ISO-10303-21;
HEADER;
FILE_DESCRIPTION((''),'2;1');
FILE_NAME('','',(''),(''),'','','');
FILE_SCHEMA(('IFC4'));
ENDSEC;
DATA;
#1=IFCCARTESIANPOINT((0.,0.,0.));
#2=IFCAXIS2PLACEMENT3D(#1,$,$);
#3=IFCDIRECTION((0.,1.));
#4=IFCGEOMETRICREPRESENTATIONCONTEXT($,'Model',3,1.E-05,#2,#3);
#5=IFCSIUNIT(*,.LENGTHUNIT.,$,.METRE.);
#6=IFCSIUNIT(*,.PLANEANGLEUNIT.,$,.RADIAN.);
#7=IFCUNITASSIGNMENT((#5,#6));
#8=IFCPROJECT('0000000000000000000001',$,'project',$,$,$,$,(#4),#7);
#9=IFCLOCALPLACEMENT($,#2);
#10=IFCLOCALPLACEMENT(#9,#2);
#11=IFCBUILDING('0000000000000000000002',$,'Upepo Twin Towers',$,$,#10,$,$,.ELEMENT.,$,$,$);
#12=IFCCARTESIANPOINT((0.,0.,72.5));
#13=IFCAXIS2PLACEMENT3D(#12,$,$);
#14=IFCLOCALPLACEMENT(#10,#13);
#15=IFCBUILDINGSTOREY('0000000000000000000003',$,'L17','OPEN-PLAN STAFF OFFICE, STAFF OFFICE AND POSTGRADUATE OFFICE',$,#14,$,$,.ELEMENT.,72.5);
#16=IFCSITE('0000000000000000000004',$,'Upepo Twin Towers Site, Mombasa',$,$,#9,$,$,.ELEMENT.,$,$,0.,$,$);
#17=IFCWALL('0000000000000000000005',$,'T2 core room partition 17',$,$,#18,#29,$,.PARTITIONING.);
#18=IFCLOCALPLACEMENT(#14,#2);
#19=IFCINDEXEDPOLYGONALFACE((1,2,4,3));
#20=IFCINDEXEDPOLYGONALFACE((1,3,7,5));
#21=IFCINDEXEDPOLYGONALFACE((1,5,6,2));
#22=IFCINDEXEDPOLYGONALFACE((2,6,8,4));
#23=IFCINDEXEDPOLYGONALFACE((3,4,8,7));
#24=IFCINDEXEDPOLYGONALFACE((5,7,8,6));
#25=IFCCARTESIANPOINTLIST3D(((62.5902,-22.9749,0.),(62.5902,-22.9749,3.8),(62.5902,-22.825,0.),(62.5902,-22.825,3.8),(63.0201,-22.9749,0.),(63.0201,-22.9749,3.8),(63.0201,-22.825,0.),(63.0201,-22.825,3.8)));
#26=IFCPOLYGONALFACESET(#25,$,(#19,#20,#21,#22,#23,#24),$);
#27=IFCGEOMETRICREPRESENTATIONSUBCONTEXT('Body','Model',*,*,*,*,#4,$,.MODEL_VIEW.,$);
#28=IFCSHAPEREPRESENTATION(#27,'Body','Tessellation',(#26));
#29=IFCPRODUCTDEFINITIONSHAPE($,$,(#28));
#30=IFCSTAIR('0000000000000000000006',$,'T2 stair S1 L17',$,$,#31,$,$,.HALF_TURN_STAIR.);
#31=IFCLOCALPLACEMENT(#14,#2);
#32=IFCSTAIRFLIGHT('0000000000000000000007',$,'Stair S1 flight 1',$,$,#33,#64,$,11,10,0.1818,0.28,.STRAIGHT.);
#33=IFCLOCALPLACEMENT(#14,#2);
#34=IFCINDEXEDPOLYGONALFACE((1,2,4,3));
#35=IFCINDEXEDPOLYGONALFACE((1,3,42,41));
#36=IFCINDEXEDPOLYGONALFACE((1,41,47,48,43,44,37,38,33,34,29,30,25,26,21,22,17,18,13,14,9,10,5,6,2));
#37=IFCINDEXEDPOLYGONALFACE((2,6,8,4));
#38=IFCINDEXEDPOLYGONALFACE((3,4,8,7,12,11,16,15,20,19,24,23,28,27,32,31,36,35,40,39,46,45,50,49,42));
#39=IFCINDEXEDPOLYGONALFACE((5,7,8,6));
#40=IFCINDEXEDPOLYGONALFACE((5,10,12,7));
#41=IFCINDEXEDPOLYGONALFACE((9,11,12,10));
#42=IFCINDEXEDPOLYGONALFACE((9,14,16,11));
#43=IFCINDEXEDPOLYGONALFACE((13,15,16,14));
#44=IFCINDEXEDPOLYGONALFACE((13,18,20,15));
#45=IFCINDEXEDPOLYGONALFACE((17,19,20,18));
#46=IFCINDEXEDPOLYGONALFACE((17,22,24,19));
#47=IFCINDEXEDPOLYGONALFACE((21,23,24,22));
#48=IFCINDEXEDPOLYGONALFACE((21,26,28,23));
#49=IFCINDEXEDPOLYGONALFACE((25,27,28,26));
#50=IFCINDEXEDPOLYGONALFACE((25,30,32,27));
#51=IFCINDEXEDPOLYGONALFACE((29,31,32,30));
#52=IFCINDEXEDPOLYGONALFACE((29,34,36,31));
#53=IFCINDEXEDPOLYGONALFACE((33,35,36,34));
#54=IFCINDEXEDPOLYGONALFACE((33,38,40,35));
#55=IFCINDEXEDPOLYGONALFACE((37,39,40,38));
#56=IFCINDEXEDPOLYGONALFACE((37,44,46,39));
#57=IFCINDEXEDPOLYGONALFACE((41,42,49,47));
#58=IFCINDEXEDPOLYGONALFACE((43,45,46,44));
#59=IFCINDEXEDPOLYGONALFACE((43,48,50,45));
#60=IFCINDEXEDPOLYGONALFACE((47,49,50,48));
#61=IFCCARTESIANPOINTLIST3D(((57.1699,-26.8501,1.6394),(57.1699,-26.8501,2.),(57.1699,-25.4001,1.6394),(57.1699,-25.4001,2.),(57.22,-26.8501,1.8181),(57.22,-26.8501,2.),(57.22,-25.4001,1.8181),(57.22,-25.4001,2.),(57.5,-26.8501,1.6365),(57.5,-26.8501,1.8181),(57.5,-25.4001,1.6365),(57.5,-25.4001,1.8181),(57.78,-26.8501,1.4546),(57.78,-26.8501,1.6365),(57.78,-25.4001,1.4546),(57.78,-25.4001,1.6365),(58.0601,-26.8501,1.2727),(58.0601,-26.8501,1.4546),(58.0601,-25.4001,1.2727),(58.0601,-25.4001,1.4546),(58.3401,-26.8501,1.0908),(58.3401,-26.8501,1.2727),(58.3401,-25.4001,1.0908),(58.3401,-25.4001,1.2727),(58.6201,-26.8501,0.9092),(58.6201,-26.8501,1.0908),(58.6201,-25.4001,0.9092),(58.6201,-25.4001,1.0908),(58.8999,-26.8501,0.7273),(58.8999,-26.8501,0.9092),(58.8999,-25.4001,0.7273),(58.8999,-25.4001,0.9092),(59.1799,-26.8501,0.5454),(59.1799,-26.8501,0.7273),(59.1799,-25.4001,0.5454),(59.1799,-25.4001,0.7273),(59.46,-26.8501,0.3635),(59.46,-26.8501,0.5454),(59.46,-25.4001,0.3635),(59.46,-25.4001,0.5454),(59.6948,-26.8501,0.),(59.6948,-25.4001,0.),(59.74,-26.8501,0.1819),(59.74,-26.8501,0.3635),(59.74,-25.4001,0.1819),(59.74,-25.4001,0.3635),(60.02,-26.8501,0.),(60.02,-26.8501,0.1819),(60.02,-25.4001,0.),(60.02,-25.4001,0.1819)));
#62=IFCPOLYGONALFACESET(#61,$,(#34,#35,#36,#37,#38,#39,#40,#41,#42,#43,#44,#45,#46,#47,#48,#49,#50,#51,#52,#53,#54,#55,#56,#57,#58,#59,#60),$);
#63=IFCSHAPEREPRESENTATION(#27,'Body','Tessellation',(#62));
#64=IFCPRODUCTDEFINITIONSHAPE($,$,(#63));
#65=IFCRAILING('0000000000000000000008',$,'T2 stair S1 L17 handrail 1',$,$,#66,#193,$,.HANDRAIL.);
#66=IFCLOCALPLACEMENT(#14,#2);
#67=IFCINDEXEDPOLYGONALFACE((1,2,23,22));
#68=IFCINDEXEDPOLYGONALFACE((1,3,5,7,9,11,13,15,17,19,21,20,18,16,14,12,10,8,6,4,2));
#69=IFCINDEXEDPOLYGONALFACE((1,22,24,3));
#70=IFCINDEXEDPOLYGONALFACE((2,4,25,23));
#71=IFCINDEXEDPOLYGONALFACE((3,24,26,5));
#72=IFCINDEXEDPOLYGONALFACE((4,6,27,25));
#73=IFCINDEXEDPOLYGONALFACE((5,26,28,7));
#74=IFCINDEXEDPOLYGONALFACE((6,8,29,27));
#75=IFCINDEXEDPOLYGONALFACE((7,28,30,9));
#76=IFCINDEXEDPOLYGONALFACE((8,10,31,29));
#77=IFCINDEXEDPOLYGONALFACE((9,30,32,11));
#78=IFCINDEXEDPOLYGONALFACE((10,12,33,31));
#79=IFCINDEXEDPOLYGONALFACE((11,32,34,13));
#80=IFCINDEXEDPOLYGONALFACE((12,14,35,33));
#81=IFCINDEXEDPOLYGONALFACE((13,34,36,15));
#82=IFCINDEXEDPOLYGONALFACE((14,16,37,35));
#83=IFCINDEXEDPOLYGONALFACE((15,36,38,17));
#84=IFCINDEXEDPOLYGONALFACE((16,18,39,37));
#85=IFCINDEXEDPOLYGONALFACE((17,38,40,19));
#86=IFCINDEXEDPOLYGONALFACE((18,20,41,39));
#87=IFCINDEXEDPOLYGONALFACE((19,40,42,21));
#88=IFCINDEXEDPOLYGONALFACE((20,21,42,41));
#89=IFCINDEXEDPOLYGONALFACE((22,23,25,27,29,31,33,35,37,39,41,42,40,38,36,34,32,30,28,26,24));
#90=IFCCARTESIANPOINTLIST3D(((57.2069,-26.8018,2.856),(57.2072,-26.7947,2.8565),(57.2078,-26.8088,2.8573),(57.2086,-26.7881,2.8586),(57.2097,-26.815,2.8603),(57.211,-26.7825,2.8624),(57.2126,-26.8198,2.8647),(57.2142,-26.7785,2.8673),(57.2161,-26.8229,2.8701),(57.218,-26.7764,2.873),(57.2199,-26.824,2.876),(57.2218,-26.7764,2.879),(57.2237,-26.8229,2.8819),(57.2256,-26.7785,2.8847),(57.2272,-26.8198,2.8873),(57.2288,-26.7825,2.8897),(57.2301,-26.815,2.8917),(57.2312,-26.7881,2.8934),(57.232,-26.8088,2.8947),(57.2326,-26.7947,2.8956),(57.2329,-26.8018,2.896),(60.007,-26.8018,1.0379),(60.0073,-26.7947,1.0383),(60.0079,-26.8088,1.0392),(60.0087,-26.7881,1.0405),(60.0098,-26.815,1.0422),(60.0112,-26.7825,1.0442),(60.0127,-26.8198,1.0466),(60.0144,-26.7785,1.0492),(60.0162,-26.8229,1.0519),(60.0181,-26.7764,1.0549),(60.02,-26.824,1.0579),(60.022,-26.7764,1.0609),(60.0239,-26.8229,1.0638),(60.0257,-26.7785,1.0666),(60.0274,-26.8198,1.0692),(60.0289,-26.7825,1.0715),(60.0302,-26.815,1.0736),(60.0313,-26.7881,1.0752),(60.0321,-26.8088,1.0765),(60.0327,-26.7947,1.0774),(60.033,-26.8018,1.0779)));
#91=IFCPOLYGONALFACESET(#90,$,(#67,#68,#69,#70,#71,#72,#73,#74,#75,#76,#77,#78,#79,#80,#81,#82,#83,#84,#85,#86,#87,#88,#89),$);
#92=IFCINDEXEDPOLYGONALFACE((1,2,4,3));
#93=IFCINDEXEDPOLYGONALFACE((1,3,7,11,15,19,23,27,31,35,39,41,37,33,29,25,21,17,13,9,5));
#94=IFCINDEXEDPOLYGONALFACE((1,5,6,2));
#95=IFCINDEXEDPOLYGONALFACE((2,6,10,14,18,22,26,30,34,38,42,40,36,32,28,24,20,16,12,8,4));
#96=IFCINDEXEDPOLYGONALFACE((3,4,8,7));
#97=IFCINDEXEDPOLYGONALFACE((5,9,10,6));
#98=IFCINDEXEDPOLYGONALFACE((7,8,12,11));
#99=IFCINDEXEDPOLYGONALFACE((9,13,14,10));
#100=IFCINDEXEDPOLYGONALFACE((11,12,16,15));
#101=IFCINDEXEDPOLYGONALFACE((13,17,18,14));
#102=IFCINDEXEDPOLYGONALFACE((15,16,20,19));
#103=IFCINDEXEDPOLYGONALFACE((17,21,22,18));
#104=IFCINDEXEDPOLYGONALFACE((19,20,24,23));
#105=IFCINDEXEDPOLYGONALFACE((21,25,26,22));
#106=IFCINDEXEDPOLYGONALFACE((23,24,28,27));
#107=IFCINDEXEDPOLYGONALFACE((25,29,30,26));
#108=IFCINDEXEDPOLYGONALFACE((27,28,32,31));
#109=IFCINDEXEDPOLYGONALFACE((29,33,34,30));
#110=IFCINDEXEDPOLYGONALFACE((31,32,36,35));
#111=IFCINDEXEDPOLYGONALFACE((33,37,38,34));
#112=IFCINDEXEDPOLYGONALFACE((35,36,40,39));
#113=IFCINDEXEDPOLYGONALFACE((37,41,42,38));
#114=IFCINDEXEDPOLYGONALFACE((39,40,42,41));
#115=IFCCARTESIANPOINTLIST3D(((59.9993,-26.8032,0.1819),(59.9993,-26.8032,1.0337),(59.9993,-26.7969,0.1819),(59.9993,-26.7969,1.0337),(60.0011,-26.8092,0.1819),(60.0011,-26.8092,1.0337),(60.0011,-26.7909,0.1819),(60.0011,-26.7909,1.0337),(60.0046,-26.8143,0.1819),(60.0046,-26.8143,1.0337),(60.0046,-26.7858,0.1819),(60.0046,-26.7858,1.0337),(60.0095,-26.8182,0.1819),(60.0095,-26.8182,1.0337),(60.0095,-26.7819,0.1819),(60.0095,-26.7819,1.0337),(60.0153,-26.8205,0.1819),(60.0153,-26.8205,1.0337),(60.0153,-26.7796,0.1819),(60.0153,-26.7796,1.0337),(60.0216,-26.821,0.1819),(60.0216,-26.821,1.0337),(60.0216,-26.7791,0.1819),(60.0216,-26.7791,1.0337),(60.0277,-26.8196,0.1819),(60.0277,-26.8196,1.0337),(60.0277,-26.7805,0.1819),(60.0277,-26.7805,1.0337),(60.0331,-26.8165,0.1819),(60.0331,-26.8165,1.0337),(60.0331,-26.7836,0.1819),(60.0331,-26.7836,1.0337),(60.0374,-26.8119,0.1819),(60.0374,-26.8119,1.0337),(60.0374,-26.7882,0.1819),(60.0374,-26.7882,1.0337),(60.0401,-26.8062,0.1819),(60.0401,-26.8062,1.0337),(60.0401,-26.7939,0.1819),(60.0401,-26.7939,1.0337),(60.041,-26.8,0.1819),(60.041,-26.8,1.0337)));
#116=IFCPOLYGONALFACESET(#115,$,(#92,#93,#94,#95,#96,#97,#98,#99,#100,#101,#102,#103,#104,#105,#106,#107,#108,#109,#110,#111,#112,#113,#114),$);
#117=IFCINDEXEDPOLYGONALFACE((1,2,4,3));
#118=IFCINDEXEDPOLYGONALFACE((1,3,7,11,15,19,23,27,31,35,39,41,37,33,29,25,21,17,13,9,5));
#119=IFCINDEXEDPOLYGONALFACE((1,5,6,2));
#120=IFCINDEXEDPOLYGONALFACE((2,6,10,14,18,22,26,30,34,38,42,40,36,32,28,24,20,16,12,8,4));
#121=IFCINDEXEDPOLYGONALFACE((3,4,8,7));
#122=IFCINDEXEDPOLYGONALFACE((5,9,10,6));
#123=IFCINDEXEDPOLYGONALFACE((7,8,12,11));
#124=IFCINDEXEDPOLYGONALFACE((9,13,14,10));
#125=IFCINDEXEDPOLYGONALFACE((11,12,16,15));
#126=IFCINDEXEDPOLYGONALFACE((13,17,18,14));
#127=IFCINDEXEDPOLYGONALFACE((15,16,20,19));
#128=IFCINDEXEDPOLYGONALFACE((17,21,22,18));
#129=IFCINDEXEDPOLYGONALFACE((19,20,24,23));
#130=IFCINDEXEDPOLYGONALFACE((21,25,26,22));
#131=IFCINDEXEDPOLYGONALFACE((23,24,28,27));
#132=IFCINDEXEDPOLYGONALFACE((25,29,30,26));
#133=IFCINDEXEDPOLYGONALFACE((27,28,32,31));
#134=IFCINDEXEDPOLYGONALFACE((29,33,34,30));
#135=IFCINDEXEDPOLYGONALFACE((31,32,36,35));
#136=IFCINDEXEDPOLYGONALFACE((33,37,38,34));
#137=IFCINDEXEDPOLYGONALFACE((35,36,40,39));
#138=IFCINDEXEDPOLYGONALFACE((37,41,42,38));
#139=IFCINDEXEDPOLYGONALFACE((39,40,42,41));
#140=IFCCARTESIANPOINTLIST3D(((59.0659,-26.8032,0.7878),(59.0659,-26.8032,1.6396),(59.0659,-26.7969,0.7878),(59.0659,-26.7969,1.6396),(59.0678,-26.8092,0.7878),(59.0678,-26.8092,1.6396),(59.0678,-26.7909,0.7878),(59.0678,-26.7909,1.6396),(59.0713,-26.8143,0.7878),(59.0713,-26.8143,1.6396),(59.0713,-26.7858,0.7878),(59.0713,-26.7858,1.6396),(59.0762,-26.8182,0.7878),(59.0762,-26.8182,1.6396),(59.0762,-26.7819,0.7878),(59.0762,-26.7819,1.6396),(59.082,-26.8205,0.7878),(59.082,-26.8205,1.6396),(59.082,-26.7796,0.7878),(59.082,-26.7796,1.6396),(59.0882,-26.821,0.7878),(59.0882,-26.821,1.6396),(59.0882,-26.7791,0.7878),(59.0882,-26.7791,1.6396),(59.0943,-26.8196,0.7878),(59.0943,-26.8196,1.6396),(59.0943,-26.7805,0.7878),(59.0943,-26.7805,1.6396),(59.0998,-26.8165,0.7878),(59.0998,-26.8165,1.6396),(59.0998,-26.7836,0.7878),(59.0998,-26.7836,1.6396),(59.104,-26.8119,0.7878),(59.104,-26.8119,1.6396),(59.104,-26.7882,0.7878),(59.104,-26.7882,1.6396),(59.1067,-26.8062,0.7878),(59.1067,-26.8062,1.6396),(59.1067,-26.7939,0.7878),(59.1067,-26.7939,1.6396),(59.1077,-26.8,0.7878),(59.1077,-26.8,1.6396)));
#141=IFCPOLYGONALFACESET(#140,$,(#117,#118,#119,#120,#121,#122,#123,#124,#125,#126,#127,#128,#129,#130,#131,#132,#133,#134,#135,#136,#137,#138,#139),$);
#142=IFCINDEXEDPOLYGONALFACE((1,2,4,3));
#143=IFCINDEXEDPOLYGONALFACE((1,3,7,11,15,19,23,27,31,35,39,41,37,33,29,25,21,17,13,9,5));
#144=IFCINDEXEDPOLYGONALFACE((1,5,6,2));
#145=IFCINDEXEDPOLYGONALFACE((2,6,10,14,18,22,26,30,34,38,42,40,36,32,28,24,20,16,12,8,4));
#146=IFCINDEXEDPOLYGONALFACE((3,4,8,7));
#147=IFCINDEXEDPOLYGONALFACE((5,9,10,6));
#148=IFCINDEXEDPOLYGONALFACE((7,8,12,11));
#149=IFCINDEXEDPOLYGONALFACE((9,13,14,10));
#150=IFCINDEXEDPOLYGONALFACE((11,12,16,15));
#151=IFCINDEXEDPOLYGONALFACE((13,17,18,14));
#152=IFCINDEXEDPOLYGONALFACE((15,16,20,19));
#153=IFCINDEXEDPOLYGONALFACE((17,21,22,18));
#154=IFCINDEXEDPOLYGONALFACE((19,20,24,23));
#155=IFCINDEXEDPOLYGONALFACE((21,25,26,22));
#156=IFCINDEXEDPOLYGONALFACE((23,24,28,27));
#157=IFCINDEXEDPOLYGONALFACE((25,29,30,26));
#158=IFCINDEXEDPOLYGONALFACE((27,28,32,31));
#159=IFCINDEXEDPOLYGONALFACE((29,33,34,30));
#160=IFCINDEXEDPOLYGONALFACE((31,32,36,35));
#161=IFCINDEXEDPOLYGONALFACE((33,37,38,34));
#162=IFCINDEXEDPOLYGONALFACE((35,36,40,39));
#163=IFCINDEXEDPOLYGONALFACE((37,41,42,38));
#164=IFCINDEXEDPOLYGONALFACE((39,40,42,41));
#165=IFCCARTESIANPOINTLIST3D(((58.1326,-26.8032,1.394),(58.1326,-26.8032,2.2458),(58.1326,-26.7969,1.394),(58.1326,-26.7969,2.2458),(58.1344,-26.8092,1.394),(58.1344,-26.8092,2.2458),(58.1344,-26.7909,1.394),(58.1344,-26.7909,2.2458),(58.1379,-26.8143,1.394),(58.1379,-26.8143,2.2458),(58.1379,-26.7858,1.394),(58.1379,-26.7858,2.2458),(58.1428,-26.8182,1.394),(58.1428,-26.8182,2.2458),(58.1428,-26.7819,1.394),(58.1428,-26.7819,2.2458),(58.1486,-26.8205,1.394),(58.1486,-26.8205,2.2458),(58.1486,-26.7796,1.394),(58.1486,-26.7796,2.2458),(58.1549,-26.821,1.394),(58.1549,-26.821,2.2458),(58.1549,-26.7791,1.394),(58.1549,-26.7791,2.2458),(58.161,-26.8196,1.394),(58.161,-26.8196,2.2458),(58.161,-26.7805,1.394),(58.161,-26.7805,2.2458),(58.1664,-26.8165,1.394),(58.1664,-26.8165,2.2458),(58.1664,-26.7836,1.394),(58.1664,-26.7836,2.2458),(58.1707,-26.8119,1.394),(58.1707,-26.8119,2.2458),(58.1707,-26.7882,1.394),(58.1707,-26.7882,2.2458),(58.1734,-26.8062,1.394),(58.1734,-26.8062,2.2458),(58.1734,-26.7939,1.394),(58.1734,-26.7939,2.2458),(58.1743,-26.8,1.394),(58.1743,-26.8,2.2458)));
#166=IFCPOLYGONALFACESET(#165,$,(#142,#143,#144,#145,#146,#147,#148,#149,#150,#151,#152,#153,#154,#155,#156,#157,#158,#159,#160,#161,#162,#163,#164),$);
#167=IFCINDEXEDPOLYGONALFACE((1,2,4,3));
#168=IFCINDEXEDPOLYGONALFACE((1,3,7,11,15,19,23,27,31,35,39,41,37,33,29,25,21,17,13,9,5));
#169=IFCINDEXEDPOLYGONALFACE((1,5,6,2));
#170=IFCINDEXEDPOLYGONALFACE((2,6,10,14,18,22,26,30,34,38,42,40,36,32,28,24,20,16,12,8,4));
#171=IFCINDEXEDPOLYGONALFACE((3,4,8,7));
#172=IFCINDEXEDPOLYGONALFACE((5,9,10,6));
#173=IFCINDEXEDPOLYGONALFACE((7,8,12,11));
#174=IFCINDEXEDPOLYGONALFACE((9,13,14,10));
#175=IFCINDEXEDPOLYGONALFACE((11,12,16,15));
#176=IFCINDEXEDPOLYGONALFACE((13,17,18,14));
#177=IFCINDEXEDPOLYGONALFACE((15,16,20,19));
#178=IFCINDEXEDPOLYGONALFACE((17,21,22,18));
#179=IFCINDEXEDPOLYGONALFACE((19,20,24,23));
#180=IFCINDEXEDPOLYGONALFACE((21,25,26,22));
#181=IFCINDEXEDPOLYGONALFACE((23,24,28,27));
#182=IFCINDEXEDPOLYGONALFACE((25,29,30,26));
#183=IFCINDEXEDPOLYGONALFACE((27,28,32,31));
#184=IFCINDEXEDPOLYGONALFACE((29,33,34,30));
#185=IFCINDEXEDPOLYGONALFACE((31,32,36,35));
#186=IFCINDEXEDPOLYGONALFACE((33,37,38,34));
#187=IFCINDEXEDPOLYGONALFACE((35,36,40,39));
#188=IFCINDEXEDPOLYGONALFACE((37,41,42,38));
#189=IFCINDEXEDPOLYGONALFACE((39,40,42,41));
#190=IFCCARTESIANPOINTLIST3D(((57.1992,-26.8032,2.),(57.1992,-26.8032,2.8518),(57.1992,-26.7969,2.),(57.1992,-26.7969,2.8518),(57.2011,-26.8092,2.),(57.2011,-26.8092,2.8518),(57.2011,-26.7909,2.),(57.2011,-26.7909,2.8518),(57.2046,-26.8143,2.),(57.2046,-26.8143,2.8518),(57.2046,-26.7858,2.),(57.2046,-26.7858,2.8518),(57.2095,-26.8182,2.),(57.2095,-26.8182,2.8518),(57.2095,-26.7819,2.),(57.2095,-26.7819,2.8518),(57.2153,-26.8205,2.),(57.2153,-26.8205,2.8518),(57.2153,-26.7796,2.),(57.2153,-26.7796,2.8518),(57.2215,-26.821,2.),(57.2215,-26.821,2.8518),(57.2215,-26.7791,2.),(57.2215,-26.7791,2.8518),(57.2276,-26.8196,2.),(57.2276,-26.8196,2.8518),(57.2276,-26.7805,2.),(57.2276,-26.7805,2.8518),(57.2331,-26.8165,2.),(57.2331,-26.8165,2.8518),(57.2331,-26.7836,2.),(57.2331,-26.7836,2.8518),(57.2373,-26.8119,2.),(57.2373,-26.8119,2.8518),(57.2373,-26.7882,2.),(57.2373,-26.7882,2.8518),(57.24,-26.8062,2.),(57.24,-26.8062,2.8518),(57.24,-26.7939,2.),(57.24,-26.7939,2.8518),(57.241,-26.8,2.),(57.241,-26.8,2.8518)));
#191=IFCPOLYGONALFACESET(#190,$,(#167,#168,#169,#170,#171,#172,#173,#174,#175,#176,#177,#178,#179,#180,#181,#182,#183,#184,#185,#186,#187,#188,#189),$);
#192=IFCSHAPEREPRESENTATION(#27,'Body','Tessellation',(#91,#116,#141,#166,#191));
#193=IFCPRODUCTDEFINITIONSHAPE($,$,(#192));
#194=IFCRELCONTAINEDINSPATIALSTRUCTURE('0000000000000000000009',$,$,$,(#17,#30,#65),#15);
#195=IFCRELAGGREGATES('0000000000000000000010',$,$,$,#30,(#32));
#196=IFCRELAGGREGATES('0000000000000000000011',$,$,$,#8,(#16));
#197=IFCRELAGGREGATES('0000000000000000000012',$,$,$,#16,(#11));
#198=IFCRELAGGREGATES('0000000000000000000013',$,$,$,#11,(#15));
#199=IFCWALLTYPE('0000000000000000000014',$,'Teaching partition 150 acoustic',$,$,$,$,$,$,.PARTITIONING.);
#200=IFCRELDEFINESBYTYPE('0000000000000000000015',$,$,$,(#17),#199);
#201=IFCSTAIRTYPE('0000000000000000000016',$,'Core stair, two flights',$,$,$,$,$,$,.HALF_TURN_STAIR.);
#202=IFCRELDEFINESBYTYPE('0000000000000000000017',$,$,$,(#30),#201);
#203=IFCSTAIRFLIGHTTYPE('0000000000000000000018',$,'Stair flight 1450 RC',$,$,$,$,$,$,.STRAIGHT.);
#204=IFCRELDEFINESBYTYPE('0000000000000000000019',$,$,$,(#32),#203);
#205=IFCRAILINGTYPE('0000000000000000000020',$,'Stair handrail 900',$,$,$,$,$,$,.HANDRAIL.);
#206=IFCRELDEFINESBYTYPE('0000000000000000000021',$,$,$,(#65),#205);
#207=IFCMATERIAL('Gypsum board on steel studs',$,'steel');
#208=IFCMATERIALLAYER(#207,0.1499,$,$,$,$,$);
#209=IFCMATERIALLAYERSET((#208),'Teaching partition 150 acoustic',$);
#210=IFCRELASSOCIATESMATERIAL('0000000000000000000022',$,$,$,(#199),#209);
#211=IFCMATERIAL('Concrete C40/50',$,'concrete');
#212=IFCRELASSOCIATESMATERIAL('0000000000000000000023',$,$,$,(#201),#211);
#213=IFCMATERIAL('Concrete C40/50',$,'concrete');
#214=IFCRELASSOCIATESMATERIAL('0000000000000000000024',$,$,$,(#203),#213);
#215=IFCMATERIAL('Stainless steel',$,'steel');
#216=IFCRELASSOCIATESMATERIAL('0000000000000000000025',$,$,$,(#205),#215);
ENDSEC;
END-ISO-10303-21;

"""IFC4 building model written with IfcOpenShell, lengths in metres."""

from ifc_helpers import new_model, si_unit, direction, frame, frame_2d, origin, origin_2d, place, context, subcontext, project, spatial, polyline, rectangle, circle, outline, extrude, material, layer, layer_set, type_object, element, aggregate, save


model = new_model("IFC4")

# Units and contexts
model_context = context("Model", 3, precision=1e-05, world=origin(), true_north=direction((0.0, 1.0)))
body_context = subcontext(model_context, "Body", "Model", "MODEL_VIEW")
ifc_project = project(units=[si_unit("LENGTHUNIT", "METRE"), si_unit("PLANEANGLEUNIT", "RADIAN")], contexts=[model_context])

# Site, building, storey
site_placement = place(None, origin())
site = spatial("IfcSite", under=ifc_project, at=site_placement, Name="Upepo Twin Towers Site, Mombasa", CompositionType="ELEMENT", RefElevation=0.0)
building_placement = place(site_placement, origin())
building = spatial("IfcBuilding", under=site, at=building_placement, Name="Upepo Twin Towers", CompositionType="ELEMENT")
storey_placement = place(building_placement, frame((0.0, 0.0, 72.5)))
storey = spatial("IfcBuildingStorey", under=building, at=storey_placement, Name="L17", Description="OPEN-PLAN STAFF OFFICE, STAFF OFFICE AND POSTGRADUATE OFFICE", CompositionType="ELEMENT", Elevation=72.5)

# Shared definitions
ifc_material_1 = material(Name="Gypsum board on steel studs", Category="steel")
ifc_layer_1 = layer(ifc_material_1, 0.1499)
ifc_layer_set_1 = layer_set([ifc_layer_1], Name="Teaching partition 150 acoustic")
wall_type_1 = type_object("IfcWallType", Name="Teaching partition 150 acoustic", PredefinedType="PARTITIONING", material=ifc_layer_set_1)

# Wall
wall_1_placement = place(storey_placement, frame((63.02, -22.8999, 0.0), z_axis=(0.0, 0.0, 1.0), x_axis=(-1.0, 0.0, 0.0)))
element("IfcWall", 1, at=wall_1_placement, inside=storey, type_object=wall_type_1, Name="T2 core room partition 17", PredefinedType="PARTITIONING", context=body_context, shape_type="SweptSolid", body=[
    extrude(rectangle(XDim=0.4299, YDim=0.1499, at=frame_2d((0.2148, 0.0))), origin(), (0.0, 0.0, 1.0), 3.8),
])

# Stair, stair flight
ifc_material_2 = material(Name="Concrete C40/50", Category="concrete")
stair_type = type_object("IfcStairType", Name="Core stair, two flights", PredefinedType="HALF_TURN_STAIR", material=ifc_material_2)
stair_placement = place(storey_placement, origin())
stair = element("IfcStair", 2, at=stair_placement, inside=storey, type_object=stair_type, Name="T2 stair S1 L17", PredefinedType="HALF_TURN_STAIR")
ifc_material_3 = material(Name="Concrete C40/50", Category="concrete")
stair_flight_type = type_object("IfcStairFlightType", Name="Stair flight 1450 RC", PredefinedType="STRAIGHT", material=ifc_material_3)
stair_flight_placement = place(storey_placement, frame((60.02, -26.125, 0.0), z_axis=(0.0, 0.0, 1.0), x_axis=(-1.0, 0.0, 0.0)))
stair_flight = element("IfcStairFlight", 3, at=stair_flight_placement, type_object=stair_flight_type, Name="Stair S1 flight 1", NumberOfRisers=11, NumberOfTreads=10, PredefinedType="STRAIGHT", RiserHeight=0.1818, TreadLength=0.28, context=body_context, shape_type="SweptSolid", body=[
    extrude(outline(polyline([(0.0, 0.0), (0.0, 0.1819), (0.28, 0.1819), (0.28, 0.3635), (0.5601, 0.3635), (0.5601, 0.5454), (0.8401, 0.5454), (0.8401, 0.7273), (1.1201, 0.7273), (1.1201, 0.9092), (1.3999, 0.9092), (1.3999, 1.0908), (1.6799, 1.0908), (1.6799, 1.2727), (1.96, 1.2727), (1.96, 1.4546), (2.24, 1.4546), (2.24, 1.6365), (2.52, 1.6365), (2.52, 1.8181), (2.8, 1.8181), (2.8, 2.0), (2.8501, 2.0), (2.8501, 1.6394), (0.3252, 0.0), (0.0, 0.0)])), frame((0.0, 0.7251, 0.0), z_axis=(0.0, -1.0, 0.0), x_axis=(1.0, 0.0, 0.0)), (0.0, 0.0, 1.0), 1.45),
])
aggregate(stair, [stair_flight])

# Railing
ifc_material_4 = material(Name="Stainless steel", Category="steel")
railing_type = type_object("IfcRailingType", Name="Stair handrail 900", PredefinedType="HANDRAIL", material=ifc_material_4)
railing_placement = place(storey_placement, frame((60.02, -26.8, 0.1819)))
element("IfcRailing", 4, at=railing_placement, inside=storey, type_object=railing_type, Name="T2 stair S1 L17 handrail 1", PredefinedType="HANDRAIL", context=body_context, shape_type="SweptSolid", body=[
    extrude(circle(Radius=0.0239, at=origin_2d()), frame((0.0, 0.0, 0.876), z_axis=(-0.838706, 0.0, 0.544585), x_axis=(0.0, -1.0, 0.0)), (0.0, 0.0, 1.0), 3.3386),
    extrude(circle(Radius=0.021, at=origin_2d()), origin(), (0.0, 0.0, 1.0), 0.8518),
    extrude(circle(Radius=0.021, at=origin_2d()), frame((-0.9333, 0.0, 0.606)), (0.0, 0.0, 1.0), 0.8518),
    extrude(circle(Radius=0.021, at=origin_2d()), frame((-1.8667, 0.0, 1.2122)), (0.0, 0.0, 1.0), 0.8518),
    extrude(circle(Radius=0.021, at=origin_2d()), frame((-2.8, 0.0, 1.8181)), (0.0, 0.0, 1.0), 0.8518),
])

save(model, "model.ifc")
